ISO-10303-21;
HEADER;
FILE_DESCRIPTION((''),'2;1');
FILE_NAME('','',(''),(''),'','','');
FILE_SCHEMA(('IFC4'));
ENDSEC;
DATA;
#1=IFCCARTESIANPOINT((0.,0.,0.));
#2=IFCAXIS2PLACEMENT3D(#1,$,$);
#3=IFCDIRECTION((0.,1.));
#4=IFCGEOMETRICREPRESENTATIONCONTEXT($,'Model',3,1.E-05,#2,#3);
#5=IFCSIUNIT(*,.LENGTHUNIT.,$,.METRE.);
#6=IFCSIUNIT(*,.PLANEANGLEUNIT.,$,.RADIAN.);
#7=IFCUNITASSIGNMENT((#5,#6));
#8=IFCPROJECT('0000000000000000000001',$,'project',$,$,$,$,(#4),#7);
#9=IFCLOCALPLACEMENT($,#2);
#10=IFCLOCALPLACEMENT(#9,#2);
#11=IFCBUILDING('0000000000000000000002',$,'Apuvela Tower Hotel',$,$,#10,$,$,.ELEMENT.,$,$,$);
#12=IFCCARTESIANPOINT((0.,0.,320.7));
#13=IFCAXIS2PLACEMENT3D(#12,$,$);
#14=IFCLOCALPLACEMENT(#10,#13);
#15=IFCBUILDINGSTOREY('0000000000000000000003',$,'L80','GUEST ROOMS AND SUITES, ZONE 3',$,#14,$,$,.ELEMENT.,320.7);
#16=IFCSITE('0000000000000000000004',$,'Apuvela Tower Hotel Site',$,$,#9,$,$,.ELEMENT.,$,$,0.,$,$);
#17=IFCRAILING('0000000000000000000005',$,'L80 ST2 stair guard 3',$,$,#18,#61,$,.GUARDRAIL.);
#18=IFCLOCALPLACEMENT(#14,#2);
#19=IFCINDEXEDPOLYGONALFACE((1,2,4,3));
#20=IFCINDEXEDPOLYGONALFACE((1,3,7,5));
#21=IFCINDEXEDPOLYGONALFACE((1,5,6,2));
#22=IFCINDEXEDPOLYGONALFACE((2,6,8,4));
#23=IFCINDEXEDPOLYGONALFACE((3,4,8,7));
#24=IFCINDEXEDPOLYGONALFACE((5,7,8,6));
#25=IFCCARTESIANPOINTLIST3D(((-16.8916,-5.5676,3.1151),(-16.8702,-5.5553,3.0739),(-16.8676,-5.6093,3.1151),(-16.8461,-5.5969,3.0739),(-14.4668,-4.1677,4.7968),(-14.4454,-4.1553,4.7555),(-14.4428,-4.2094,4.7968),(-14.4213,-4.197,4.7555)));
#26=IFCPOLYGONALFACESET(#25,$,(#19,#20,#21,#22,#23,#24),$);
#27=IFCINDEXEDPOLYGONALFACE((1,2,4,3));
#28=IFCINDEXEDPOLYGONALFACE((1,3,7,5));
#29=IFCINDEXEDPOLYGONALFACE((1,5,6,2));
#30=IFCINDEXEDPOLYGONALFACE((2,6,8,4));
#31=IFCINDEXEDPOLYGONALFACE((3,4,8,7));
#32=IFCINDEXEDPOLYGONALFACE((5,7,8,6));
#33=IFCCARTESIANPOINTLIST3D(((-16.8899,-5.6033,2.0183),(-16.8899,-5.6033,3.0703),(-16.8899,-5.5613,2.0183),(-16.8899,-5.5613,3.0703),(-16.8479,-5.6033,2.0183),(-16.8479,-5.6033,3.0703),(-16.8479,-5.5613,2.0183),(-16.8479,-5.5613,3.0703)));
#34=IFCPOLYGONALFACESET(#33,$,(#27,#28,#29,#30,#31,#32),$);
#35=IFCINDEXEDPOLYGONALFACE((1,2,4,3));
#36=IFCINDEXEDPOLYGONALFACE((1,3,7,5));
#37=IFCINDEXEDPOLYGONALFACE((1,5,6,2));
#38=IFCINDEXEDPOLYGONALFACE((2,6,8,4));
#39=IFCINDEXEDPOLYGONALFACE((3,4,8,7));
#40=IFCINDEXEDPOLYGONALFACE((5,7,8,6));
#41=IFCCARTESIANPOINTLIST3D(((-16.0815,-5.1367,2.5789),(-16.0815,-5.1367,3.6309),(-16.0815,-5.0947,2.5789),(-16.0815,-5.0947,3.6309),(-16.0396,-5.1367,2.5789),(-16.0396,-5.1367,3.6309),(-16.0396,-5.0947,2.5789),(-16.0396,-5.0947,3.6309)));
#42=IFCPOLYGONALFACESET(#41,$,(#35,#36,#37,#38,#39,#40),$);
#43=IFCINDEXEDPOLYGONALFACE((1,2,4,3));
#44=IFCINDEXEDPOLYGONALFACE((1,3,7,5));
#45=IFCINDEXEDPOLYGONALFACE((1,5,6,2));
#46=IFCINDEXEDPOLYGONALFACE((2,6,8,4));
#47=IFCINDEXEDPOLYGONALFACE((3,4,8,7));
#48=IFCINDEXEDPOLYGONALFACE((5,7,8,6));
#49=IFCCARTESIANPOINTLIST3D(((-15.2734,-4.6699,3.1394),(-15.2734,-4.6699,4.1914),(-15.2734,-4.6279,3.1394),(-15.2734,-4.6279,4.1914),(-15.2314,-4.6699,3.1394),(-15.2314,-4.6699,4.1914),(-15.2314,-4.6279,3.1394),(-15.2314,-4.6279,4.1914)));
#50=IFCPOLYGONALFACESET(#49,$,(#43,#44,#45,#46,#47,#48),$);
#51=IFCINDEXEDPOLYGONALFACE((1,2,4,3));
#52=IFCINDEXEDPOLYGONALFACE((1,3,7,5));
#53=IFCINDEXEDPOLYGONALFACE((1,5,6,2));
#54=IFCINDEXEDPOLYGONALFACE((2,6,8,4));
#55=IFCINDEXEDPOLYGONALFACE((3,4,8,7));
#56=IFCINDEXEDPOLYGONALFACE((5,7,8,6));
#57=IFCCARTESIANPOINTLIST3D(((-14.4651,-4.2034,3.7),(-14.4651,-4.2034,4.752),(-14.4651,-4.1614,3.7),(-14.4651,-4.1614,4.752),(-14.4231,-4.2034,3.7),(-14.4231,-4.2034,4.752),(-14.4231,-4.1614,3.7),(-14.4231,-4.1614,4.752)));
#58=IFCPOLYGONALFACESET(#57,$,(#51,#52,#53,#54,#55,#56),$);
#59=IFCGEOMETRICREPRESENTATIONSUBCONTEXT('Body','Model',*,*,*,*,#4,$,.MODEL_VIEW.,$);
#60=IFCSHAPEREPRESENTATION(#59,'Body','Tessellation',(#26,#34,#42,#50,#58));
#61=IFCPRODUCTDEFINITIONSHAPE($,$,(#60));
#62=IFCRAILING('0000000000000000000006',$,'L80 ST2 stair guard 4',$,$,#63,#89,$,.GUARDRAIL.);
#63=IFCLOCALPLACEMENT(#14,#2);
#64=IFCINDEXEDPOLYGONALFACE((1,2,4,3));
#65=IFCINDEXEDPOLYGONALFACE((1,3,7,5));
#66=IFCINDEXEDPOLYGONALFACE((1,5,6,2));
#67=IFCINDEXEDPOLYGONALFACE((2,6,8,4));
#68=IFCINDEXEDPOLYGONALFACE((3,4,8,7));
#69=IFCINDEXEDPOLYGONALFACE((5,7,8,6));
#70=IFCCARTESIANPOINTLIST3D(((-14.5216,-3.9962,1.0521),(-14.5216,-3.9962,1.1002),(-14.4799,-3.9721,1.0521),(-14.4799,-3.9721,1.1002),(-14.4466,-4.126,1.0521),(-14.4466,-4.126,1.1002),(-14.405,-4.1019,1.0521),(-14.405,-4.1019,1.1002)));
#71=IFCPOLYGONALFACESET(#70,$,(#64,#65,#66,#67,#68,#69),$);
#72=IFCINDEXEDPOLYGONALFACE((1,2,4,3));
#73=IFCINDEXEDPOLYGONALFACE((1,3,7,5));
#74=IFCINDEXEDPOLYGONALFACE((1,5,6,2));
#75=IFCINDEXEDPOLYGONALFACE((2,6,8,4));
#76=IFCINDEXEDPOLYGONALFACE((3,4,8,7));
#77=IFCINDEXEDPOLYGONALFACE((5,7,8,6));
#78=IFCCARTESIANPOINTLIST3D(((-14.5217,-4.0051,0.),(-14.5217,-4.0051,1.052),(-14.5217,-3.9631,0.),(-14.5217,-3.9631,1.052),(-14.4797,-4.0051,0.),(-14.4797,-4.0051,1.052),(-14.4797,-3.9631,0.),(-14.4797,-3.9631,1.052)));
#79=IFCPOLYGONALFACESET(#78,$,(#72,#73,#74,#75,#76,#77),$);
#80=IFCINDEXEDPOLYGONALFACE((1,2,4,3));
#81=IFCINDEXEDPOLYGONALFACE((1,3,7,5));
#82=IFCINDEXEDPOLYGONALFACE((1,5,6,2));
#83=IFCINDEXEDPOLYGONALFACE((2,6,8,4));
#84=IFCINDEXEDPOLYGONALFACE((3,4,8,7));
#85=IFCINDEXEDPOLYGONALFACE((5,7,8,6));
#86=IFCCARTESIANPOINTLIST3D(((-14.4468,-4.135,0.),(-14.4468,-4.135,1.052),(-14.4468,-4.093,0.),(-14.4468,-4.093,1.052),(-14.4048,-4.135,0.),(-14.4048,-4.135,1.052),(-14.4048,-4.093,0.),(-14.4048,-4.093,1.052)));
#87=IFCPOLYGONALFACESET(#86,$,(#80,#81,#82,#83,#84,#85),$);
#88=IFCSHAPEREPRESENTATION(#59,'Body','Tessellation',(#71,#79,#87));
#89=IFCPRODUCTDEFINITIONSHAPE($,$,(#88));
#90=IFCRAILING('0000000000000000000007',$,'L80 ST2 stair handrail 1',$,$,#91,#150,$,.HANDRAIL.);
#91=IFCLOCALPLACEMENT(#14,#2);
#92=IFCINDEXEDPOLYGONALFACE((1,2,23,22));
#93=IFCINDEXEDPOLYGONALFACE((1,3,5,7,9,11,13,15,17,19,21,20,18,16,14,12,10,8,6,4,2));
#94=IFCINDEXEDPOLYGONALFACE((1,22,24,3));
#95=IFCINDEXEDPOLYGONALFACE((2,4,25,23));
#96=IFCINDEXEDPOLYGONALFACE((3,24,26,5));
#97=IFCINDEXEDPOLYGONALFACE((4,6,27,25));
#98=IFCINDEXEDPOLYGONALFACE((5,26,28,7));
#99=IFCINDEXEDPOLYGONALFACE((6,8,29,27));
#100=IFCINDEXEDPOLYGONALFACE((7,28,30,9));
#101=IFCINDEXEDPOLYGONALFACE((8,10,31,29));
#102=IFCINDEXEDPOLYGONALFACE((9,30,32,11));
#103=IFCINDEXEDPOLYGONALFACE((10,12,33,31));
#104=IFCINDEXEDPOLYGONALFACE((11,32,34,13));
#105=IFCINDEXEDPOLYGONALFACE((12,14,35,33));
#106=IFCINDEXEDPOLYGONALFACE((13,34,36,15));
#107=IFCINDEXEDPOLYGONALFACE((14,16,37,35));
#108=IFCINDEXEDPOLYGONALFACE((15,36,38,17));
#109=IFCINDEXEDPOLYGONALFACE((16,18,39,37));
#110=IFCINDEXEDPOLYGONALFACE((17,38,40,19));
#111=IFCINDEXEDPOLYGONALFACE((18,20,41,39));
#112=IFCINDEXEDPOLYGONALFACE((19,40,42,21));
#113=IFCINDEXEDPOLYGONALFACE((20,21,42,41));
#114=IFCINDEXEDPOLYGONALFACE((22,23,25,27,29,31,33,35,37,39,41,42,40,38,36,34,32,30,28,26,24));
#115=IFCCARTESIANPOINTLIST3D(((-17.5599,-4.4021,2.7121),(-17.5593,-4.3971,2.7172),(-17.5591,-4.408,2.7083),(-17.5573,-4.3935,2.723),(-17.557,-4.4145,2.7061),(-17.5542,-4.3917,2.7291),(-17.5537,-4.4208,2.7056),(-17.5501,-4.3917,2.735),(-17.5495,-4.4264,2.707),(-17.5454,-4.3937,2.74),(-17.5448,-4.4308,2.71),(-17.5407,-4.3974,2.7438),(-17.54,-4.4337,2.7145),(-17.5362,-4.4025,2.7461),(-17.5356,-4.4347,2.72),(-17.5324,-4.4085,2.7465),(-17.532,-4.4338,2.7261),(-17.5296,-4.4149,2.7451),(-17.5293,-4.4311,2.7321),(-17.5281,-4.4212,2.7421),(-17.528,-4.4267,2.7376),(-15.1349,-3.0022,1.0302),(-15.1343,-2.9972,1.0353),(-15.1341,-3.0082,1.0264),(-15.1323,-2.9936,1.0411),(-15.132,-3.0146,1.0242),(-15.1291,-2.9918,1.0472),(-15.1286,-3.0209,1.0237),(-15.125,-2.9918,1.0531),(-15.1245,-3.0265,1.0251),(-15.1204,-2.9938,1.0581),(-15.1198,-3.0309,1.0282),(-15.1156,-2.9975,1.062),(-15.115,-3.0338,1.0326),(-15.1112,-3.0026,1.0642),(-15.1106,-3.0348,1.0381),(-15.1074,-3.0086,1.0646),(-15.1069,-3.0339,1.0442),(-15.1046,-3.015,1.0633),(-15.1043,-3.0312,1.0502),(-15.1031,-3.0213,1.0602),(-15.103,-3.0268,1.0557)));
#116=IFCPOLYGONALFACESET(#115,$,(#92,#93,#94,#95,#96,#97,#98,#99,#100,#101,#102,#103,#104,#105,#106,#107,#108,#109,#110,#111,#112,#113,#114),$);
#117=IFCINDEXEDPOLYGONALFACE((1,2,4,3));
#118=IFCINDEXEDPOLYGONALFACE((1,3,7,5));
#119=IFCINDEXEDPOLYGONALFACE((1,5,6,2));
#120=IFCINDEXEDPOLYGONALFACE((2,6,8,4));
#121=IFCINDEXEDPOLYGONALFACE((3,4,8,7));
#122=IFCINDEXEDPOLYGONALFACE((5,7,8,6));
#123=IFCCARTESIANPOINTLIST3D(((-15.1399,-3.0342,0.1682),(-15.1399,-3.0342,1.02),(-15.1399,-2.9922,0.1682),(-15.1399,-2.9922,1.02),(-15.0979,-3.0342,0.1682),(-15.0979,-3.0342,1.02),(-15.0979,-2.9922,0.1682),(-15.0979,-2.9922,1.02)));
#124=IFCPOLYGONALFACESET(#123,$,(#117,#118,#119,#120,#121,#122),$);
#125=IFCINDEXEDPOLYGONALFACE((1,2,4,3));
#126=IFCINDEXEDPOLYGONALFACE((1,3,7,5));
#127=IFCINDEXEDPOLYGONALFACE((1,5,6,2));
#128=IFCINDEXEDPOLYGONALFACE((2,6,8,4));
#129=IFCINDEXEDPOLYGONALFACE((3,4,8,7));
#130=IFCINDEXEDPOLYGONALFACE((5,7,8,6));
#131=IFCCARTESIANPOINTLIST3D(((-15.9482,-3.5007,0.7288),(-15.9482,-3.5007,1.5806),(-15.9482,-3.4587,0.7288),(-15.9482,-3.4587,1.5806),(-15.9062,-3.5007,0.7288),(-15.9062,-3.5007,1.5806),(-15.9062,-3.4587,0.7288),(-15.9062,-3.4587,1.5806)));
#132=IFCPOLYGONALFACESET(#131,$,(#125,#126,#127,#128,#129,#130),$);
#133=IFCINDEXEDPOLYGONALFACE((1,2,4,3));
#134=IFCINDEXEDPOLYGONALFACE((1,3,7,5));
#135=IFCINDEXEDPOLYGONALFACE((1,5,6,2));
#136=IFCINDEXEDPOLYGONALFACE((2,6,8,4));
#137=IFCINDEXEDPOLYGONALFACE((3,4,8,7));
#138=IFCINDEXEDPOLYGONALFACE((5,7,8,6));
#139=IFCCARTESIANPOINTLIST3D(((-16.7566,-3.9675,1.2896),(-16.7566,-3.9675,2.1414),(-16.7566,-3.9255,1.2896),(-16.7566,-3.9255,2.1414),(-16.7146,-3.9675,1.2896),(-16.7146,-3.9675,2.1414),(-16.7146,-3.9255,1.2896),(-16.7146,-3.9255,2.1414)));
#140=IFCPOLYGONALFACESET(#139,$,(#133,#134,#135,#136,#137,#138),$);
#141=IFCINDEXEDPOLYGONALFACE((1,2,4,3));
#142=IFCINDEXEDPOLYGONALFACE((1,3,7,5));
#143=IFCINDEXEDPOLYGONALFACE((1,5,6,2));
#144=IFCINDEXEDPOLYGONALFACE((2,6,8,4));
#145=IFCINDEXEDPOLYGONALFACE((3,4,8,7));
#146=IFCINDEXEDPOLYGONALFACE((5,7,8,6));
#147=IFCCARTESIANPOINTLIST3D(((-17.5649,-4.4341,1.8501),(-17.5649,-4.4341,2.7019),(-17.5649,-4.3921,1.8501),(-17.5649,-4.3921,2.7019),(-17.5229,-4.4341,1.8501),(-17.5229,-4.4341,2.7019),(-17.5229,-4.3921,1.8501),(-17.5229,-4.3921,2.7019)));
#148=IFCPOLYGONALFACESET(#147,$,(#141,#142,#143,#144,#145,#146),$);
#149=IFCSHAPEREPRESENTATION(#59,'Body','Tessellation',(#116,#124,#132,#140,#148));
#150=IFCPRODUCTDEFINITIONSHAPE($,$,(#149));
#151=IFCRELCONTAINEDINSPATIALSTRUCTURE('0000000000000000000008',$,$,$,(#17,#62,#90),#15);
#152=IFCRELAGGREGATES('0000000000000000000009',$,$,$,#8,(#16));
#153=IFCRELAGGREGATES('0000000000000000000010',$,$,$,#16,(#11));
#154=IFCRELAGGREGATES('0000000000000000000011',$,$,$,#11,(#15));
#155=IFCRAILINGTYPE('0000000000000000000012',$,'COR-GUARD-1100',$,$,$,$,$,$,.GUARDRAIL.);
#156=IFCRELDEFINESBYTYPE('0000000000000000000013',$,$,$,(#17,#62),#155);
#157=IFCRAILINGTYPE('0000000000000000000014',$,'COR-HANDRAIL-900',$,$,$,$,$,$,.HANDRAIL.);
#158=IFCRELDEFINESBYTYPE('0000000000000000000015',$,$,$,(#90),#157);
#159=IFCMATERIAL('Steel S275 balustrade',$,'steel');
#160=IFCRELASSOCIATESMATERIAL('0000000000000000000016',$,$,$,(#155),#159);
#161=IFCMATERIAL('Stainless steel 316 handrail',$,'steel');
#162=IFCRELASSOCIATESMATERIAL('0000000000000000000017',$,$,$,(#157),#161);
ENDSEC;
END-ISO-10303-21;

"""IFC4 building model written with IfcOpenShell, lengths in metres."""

from ifc_helpers import new_model, si_unit, direction, frame, origin, origin_2d, place, context, subcontext, project, spatial, rectangle, circle, extrude, material, type_object, element, save


model = new_model("IFC4")

# Units and contexts
model_context = context("Model", 3, precision=1e-05, world=origin(), true_north=direction((0.0, 1.0)))
body_context = subcontext(model_context, "Body", "Model", "MODEL_VIEW")
ifc_project = project(units=[si_unit("LENGTHUNIT", "METRE"), si_unit("PLANEANGLEUNIT", "RADIAN")], contexts=[model_context])

# Site, building, storey
site_placement = place(None, origin())
site = spatial("IfcSite", under=ifc_project, at=site_placement, Name="Apuvela Tower Hotel Site", CompositionType="ELEMENT", RefElevation=0.0)
building_placement = place(site_placement, origin())
building = spatial("IfcBuilding", under=site, at=building_placement, Name="Apuvela Tower Hotel", CompositionType="ELEMENT")
storey_placement = place(building_placement, frame((0.0, 0.0, 320.7)))
storey = spatial("IfcBuildingStorey", under=building, at=storey_placement, Name="L80", Description="GUEST ROOMS AND SUITES, ZONE 3", CompositionType="ELEMENT", Elevation=320.7)

# Railings
ifc_material_1 = material(Name="Steel S275 balustrade", Category="steel")
railing_type_1 = type_object("IfcRailingType", Name="COR-GUARD-1100", PredefinedType="GUARDRAIL", material=ifc_material_1)
railing_1_placement = place(storey_placement, frame((-16.8689, -5.5823, 2.0183)))
element("IfcRailing", 1, at=railing_1_placement, inside=storey, type_object=railing_type_1, Name="L80 ST2 stair guard 3", PredefinedType="GUARDRAIL", context=body_context, shape_type="SweptSolid", body=[
    extrude(rectangle(XDim=0.0481, YDim=0.0481, at=origin_2d()), frame((0.0, 0.0, 1.0762), z_axis=(0.742419, 0.428618, 0.514879), x_axis=(-0.499984, 0.866035, 0.0)), (0.0, 0.0, 1.0), 3.2661),
    extrude(rectangle(XDim=0.042, YDim=0.042, at=origin_2d()), origin(), (0.0, 0.0, 1.0), 1.052),
    extrude(rectangle(XDim=0.042, YDim=0.042, at=origin_2d()), frame((0.8083, 0.4666, 0.5605)), (0.0, 0.0, 1.0), 1.052),
    extrude(rectangle(XDim=0.042, YDim=0.042, at=origin_2d()), frame((1.6165, 0.9333, 1.1211)), (0.0, 0.0, 1.0), 1.052),
    extrude(rectangle(XDim=0.042, YDim=0.042, at=origin_2d()), frame((2.4248, 1.3999, 1.6816)), (0.0, 0.0, 1.0), 1.052),
])
railing_2_placement = place(storey_placement, frame((-14.5007, -3.9841, 0.0)))
element("IfcRailing", 2, at=railing_2_placement, inside=storey, type_object=railing_type_1, Name="L80 ST2 stair guard 4", PredefinedType="GUARDRAIL", context=body_context, shape_type="SweptSolid", body=[
    extrude(rectangle(XDim=0.0481, YDim=0.0481, at=origin_2d()), frame((0.0, 0.0, 1.0762), z_axis=(0.499816, -0.866131, 0.0), x_axis=(0.866131, 0.499816, 0.0)), (0.0, 0.0, 1.0), 0.1499),
    extrude(rectangle(XDim=0.042, YDim=0.042, at=origin_2d()), origin(), (0.0, 0.0, 1.0), 1.052),
    extrude(rectangle(XDim=0.042, YDim=0.042, at=origin_2d()), frame((0.075, -0.1299, 0.0)), (0.0, 0.0, 1.0), 1.052),
])
ifc_material_2 = material(Name="Stainless steel 316 handrail", Category="steel")
railing_type_2 = type_object("IfcRailingType", Name="COR-HANDRAIL-900", PredefinedType="HANDRAIL", material=ifc_material_2)
railing_3_placement = place(storey_placement, frame((-15.1189, -3.0132, 0.1682)))
element("IfcRailing", 3, at=railing_3_placement, inside=storey, type_object=railing_type_2, Name="L80 ST2 stair handrail 1", PredefinedType="HANDRAIL", context=body_context, shape_type="SweptSolid", body=[
    extrude(circle(Radius=0.0239, at=origin_2d()), frame((0.0, 0.0, 0.876), z_axis=(-0.742424, -0.428577, 0.514906), x_axis=(0.499946, -0.866056, 0.0)), (0.0, 0.0, 1.0), 3.2664),
    extrude(rectangle(XDim=0.042, YDim=0.042, at=origin_2d()), origin(), (0.0, 0.0, 1.0), 0.8518),
    extrude(rectangle(XDim=0.042, YDim=0.042, at=origin_2d()), frame((-0.8083, -0.4666, 0.5605)), (0.0, 0.0, 1.0), 0.8518),
    extrude(rectangle(XDim=0.042, YDim=0.042, at=origin_2d()), frame((-1.6167, -0.9333, 1.1213)), (0.0, 0.0, 1.0), 0.8518),
    extrude(rectangle(XDim=0.042, YDim=0.042, at=origin_2d()), frame((-2.425, -1.3999, 1.6819)), (0.0, 0.0, 1.0), 0.8518),
])

save(model, "model.ifc")
